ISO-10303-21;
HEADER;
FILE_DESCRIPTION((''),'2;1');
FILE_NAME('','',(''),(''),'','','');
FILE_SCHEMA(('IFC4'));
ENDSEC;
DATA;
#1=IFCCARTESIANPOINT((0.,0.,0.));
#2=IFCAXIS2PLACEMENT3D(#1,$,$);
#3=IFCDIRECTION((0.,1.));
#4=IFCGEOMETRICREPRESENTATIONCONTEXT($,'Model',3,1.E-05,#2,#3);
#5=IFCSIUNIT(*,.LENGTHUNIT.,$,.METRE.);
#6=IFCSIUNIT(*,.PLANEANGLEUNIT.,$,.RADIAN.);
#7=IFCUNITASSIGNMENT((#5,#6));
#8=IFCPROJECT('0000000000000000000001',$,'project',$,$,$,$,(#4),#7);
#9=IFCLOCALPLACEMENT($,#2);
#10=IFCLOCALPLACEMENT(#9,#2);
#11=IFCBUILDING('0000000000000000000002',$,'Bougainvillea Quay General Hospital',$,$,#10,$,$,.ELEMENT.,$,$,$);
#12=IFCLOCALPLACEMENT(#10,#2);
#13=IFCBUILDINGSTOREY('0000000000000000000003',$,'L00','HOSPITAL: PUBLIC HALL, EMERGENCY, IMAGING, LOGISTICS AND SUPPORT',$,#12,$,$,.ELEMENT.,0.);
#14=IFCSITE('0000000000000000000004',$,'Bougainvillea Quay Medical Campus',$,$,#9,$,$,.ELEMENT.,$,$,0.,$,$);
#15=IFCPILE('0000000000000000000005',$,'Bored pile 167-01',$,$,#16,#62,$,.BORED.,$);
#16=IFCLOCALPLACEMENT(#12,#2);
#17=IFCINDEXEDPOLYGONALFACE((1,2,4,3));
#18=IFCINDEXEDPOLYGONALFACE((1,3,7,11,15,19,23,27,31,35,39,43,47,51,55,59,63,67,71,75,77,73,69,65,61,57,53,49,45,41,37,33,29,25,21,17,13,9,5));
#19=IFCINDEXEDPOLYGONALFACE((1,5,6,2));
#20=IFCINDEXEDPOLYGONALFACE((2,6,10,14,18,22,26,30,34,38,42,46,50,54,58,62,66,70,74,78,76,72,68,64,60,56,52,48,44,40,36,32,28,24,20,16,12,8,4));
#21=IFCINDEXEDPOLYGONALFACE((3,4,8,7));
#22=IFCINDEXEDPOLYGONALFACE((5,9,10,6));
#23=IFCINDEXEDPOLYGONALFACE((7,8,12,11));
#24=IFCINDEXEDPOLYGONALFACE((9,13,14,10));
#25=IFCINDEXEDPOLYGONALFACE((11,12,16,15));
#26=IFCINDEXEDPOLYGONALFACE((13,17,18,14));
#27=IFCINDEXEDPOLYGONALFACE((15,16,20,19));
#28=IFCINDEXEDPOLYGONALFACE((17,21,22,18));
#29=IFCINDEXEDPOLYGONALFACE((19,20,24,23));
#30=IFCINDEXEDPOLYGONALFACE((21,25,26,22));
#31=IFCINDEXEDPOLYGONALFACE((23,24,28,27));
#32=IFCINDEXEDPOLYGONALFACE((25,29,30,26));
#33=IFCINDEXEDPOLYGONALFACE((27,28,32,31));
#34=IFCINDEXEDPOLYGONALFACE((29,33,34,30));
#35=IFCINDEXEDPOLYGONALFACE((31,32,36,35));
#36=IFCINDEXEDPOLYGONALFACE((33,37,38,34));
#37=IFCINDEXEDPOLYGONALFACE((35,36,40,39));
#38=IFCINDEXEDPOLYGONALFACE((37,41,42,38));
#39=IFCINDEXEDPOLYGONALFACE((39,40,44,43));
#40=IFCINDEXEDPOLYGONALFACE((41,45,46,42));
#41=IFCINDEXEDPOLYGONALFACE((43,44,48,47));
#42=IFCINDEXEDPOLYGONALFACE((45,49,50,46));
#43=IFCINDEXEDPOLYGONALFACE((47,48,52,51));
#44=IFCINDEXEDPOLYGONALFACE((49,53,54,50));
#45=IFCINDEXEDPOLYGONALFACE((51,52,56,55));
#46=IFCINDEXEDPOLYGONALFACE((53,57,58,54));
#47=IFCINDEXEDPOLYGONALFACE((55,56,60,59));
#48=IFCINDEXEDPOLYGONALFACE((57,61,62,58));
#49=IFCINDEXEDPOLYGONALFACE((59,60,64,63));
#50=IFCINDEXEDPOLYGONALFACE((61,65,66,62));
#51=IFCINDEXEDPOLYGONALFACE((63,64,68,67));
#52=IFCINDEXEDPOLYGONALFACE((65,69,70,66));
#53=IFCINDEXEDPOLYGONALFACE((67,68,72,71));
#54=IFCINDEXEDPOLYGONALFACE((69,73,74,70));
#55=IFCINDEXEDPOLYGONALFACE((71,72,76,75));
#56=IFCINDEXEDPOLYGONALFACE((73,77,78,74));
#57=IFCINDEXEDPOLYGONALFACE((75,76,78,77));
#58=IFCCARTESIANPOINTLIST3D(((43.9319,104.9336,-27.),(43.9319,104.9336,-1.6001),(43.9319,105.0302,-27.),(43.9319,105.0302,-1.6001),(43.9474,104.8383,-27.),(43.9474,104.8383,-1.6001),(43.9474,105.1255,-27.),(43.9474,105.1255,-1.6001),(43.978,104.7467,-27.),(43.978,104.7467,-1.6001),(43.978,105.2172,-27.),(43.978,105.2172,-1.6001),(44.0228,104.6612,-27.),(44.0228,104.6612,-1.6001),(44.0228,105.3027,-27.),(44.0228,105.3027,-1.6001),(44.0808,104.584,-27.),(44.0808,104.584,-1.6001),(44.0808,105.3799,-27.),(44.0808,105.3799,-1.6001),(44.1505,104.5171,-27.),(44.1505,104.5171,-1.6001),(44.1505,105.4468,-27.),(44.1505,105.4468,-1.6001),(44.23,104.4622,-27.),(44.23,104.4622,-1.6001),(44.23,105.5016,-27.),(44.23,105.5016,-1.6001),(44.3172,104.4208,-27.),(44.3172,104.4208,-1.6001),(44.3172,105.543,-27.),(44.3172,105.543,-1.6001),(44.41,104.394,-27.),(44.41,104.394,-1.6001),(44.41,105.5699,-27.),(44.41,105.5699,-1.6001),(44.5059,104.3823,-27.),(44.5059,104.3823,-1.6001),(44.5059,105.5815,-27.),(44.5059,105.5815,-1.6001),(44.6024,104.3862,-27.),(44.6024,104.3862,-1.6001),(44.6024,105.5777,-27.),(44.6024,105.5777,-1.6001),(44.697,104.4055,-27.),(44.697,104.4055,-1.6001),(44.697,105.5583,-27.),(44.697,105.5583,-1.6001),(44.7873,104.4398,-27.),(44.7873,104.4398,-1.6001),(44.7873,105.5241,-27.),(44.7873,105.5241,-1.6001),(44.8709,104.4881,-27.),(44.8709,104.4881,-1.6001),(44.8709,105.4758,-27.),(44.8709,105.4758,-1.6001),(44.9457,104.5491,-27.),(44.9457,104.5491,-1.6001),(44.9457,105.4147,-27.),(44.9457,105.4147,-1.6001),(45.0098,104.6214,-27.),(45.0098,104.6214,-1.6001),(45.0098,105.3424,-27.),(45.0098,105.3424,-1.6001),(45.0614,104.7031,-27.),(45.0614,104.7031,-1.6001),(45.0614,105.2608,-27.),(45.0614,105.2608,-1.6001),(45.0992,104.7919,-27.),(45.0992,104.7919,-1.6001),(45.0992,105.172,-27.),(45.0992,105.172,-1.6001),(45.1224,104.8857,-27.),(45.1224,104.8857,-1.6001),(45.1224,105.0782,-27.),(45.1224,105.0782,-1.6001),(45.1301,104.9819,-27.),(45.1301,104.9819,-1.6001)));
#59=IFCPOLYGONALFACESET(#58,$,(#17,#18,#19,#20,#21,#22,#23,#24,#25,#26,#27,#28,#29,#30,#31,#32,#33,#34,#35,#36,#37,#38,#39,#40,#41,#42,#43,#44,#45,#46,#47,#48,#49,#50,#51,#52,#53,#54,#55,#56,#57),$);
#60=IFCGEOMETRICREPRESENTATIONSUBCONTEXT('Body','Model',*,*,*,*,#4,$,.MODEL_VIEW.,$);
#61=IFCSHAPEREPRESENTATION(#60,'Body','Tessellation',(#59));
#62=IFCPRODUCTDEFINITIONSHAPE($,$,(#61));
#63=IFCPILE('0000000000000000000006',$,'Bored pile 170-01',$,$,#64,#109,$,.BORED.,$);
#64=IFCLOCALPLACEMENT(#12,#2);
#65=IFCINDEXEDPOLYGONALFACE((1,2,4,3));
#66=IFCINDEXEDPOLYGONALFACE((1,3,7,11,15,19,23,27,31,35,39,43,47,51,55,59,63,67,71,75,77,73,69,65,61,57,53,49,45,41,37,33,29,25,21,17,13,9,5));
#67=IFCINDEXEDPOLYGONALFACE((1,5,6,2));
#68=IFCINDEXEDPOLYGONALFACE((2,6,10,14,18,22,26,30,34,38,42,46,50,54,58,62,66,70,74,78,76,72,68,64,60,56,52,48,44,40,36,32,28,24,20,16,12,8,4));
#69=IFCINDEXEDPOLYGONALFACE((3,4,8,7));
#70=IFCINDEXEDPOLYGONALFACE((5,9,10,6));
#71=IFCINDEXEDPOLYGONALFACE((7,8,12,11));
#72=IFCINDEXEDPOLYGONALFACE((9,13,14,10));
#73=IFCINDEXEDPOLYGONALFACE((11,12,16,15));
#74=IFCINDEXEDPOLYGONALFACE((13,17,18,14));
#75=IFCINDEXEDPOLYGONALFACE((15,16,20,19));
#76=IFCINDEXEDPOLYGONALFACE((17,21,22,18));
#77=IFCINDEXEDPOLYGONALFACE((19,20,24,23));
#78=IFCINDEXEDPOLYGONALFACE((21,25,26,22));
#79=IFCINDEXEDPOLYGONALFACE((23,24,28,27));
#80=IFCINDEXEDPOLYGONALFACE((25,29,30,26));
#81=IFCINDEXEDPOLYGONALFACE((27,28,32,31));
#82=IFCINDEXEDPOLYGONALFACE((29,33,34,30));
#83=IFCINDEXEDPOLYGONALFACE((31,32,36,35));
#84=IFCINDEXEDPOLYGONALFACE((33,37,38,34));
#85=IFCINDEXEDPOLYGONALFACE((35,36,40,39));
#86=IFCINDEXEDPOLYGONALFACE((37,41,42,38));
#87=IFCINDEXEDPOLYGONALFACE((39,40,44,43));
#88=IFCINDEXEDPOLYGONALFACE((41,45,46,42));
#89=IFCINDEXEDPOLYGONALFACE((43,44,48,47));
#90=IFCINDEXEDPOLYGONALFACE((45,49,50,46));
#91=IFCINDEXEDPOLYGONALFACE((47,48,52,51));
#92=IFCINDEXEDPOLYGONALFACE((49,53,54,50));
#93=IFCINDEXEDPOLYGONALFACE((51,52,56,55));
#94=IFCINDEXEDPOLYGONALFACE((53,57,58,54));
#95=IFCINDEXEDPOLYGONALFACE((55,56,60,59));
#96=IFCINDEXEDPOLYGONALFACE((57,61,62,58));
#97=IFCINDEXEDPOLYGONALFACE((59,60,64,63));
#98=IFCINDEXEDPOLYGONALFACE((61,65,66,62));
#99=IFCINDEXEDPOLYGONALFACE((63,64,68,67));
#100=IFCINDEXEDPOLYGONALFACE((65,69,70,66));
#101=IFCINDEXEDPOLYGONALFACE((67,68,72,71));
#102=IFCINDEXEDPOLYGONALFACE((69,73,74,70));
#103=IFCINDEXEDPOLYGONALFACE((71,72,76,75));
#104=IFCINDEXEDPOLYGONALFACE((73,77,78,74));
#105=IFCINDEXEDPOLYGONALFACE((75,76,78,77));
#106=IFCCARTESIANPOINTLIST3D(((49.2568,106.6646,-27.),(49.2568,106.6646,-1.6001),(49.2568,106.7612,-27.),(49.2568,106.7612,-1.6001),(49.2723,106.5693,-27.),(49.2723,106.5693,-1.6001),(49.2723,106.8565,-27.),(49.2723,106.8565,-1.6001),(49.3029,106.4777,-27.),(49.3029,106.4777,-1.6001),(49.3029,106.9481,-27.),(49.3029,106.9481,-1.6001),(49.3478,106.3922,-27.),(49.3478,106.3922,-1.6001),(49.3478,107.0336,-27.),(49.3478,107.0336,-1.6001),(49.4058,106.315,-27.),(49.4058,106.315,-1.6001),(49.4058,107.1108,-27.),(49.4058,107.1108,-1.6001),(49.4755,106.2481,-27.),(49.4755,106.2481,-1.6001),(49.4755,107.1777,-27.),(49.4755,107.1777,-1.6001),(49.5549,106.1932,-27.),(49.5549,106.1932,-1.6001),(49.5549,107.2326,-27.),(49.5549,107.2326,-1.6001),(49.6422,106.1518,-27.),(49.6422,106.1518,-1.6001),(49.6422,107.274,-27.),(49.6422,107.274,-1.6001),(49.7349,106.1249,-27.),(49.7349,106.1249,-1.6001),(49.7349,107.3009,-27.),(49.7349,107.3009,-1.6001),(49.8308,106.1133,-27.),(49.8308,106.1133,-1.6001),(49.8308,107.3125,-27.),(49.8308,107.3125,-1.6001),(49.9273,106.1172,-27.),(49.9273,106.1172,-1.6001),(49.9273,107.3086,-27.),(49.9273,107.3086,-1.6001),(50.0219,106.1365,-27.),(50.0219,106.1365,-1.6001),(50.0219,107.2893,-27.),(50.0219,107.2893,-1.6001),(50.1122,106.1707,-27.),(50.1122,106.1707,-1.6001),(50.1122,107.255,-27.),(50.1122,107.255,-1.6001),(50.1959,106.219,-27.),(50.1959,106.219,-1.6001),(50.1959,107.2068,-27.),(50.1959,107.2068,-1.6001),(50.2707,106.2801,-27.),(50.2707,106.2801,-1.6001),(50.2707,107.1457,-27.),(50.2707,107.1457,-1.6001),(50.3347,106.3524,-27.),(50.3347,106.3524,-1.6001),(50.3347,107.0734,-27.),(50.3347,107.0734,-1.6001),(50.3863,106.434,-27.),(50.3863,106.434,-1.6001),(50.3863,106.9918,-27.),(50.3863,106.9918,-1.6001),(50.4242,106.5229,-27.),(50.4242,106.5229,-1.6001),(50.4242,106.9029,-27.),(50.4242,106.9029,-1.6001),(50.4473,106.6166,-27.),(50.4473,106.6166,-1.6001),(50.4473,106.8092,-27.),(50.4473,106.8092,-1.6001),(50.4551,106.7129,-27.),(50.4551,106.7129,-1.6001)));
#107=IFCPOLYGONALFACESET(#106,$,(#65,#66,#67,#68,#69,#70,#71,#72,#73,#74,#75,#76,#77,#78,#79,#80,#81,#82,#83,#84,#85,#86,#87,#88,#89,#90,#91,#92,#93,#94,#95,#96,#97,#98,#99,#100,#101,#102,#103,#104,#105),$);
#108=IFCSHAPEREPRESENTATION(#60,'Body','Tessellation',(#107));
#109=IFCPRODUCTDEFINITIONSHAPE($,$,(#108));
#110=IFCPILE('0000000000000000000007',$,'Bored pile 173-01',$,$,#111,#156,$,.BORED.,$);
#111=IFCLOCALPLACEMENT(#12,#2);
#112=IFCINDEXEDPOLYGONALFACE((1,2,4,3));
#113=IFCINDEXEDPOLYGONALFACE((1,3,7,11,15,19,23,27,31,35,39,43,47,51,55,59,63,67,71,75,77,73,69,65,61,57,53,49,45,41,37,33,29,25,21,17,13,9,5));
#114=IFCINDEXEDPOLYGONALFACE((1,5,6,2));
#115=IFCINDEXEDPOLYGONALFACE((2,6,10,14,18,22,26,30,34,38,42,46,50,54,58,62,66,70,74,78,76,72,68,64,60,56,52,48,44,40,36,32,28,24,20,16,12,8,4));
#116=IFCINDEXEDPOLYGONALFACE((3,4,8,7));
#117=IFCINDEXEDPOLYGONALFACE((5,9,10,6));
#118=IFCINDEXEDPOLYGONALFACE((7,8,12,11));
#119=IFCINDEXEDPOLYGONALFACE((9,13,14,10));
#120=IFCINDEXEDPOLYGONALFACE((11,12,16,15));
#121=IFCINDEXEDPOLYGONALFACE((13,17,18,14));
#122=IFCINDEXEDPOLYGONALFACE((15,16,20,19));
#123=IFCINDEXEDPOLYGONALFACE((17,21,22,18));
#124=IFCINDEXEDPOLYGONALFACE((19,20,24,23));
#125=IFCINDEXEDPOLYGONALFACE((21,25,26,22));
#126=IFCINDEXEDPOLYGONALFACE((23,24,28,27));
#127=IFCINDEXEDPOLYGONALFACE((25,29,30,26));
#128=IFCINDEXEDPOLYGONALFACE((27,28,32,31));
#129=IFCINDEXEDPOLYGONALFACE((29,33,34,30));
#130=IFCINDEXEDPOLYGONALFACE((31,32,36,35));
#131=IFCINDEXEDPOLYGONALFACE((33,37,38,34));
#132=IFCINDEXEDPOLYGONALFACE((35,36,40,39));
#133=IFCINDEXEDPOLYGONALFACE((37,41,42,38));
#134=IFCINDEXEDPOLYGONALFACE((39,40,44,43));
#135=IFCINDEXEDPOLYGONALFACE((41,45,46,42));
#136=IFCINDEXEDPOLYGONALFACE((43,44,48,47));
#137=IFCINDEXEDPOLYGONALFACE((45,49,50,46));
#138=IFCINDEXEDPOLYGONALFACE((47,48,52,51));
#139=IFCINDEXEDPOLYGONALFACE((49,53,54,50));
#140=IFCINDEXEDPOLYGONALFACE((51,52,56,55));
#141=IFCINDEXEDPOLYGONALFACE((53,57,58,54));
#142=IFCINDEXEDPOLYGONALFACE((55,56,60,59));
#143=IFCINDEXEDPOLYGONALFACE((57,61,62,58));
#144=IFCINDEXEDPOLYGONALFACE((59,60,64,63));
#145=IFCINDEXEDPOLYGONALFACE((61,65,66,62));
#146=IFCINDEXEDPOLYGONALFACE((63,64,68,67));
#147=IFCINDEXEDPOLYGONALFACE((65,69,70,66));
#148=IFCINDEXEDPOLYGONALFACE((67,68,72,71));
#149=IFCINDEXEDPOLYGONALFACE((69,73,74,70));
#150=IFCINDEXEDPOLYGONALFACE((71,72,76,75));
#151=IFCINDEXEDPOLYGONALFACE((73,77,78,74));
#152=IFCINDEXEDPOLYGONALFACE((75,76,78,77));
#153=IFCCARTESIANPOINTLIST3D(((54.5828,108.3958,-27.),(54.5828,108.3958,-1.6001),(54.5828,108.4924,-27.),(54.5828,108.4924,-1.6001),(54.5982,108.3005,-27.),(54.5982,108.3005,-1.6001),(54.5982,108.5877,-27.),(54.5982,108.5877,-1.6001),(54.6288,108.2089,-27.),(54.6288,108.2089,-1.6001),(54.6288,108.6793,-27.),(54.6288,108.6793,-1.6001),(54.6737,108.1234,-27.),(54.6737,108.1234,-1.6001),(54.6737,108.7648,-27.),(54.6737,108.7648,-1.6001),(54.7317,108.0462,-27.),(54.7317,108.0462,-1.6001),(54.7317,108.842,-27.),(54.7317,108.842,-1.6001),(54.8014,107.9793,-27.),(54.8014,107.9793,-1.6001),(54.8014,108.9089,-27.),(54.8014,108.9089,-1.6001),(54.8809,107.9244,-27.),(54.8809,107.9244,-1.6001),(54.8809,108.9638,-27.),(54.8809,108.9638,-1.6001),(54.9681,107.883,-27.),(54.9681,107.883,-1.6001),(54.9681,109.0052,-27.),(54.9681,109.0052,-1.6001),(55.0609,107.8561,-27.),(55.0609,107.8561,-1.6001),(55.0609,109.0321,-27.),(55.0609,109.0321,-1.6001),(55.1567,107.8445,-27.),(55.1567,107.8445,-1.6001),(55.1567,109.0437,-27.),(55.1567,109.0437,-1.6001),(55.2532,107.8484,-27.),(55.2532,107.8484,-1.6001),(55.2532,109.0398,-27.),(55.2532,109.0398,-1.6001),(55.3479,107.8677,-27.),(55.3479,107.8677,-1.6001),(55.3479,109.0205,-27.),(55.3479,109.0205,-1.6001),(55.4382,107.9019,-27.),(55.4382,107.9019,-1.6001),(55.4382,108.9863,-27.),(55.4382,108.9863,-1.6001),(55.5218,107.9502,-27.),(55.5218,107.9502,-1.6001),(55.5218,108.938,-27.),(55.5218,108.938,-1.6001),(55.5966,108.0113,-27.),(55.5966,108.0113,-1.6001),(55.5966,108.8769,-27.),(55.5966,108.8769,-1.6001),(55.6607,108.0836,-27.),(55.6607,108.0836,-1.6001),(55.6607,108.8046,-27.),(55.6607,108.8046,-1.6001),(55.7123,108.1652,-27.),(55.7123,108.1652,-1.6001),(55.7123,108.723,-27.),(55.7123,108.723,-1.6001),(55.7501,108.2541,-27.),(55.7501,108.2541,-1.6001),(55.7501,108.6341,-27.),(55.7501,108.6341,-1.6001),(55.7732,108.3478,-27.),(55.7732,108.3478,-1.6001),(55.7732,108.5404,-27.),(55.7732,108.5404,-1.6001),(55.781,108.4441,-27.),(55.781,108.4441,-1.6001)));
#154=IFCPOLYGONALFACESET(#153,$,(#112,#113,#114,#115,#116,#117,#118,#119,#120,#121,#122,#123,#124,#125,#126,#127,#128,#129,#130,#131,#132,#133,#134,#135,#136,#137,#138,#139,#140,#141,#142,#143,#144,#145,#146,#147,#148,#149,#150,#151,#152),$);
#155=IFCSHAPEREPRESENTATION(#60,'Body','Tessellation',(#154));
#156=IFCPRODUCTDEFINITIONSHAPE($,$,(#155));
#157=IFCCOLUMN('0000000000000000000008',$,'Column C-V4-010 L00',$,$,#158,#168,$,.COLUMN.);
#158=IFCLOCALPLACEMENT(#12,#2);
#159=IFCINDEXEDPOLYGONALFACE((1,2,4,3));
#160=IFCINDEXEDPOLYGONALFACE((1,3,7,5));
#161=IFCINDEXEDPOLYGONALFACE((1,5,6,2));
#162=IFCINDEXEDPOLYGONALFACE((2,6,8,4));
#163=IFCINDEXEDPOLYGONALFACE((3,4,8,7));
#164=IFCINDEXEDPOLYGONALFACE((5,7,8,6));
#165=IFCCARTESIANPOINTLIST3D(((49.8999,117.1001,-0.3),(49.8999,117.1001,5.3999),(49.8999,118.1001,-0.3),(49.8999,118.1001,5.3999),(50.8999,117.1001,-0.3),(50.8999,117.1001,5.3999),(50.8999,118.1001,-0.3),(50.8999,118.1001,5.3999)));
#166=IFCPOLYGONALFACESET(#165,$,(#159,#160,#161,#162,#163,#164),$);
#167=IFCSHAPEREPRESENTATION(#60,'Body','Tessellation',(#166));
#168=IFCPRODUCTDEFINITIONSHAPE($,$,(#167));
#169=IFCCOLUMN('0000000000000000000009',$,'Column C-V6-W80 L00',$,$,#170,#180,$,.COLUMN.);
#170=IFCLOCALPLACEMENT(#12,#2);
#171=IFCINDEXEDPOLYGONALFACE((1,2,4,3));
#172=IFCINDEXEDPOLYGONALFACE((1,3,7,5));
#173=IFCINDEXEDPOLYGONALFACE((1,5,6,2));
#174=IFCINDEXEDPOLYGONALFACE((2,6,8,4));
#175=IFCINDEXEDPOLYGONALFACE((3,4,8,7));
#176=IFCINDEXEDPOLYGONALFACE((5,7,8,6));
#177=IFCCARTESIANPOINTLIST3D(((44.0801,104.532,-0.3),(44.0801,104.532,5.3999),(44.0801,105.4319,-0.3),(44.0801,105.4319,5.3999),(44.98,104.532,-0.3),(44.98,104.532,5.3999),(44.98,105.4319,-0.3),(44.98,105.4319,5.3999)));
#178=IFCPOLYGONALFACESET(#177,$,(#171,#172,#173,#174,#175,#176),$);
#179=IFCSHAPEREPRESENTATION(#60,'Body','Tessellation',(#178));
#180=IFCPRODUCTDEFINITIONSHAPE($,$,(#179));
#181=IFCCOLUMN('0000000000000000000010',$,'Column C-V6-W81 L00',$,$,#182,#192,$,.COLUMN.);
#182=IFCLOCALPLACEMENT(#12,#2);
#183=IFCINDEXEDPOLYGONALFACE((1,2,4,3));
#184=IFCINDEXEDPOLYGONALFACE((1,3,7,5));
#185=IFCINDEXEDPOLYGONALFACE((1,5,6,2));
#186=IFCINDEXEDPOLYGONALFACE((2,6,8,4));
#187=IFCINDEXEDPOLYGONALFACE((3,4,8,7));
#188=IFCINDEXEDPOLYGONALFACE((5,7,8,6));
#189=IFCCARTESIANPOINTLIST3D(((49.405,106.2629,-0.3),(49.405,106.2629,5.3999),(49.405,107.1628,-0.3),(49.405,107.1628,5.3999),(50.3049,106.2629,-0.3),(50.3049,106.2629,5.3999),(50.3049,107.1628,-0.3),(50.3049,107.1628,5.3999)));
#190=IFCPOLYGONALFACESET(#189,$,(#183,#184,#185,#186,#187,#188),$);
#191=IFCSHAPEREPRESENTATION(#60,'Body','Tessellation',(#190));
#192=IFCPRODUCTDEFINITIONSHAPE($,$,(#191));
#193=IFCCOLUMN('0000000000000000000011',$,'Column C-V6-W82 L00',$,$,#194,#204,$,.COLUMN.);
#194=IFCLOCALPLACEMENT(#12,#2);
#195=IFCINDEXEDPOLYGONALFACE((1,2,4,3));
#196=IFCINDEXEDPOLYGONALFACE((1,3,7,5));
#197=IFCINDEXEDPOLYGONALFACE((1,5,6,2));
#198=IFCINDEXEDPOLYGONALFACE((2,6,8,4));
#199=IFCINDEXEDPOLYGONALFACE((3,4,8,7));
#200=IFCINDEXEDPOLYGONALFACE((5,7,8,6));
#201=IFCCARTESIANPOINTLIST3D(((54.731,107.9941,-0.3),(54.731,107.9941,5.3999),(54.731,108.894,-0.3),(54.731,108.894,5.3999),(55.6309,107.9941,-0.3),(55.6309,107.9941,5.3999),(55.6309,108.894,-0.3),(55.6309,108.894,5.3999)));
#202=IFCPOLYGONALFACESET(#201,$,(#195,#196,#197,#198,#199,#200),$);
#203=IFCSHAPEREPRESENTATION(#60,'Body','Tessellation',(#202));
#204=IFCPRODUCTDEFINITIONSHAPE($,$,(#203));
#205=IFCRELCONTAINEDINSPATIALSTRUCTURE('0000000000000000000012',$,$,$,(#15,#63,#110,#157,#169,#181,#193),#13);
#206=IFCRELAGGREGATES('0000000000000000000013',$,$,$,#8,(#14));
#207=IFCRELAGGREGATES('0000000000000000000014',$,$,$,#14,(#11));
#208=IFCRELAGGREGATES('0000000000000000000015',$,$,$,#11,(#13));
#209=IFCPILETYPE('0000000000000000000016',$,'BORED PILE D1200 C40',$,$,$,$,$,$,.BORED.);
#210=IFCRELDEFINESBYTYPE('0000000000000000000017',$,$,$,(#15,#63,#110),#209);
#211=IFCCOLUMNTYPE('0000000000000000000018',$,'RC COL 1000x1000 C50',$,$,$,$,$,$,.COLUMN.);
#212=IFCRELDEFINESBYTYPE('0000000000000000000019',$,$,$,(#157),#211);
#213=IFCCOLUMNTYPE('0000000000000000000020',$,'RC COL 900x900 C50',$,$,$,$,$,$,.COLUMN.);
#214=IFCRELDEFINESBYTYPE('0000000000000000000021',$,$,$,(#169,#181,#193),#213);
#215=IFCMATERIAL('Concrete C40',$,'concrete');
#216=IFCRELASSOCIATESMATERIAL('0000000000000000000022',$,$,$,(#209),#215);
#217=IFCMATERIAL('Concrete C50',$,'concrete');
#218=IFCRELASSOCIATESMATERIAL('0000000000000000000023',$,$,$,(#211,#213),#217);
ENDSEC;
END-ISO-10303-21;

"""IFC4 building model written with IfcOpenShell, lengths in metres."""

from ifc_helpers import new_model, si_unit, direction, frame, origin, origin_2d, place, context, subcontext, project, spatial, rectangle, circle, extrude, material, material_profile, profile_set, type_object, element, save


model = new_model("IFC4")

# Units and contexts
model_context = context("Model", 3, precision=1e-05, world=origin(), true_north=direction((0.0, 1.0)))
body_context = subcontext(model_context, "Body", "Model", "MODEL_VIEW")
ifc_project = project(units=[si_unit("LENGTHUNIT", "METRE"), si_unit("PLANEANGLEUNIT", "RADIAN")], contexts=[model_context])

# Site, building, storey
site_placement = place(None, origin())
site = spatial("IfcSite", under=ifc_project, at=site_placement, Name="Bougainvillea Quay Medical Campus", CompositionType="ELEMENT", RefElevation=0.0)
building_placement = place(site_placement, origin())
building = spatial("IfcBuilding", under=site, at=building_placement, Name="Bougainvillea Quay General Hospital", CompositionType="ELEMENT")
storey_placement = place(building_placement, origin())
storey = spatial("IfcBuildingStorey", under=building, at=storey_placement, Name="L00", Description="HOSPITAL: PUBLIC HALL, EMERGENCY, IMAGING, LOGISTICS AND SUPPORT", CompositionType="ELEMENT", Elevation=0.0)

# Piles
ifc_material_1 = material(Name="Concrete C40", Category="concrete")
ifc_material_profile_1 = material_profile(ifc_material_1, circle(Radius=0.6001, at=origin_2d()))
ifc_profile_set_1 = profile_set([ifc_material_profile_1], Name="Concrete C40")
pile_type = type_object("IfcPileType", Name="BORED PILE D1200 C40", PredefinedType="BORED", material=ifc_profile_set_1)
for number, where, z_axis, x_axis, name in (
    (1, (44.53, 104.9819, -1.6001), (0.0, 0.0, -1.0), (1.0, 0.0, 0.0), "Bored pile 167-01"),
    (2, (49.855, 106.7129, -1.6001), (0.0, 0.0, -1.0), (1.0, 0.0, 0.0), "Bored pile 170-01"),
    (3, (55.1809, 108.4441, -1.6001), (0.0, 0.0, -1.0), (1.0, 0.0, 0.0), "Bored pile 173-01"),
):
    element("IfcPile", number, at=place(storey_placement, frame(where, z_axis=z_axis, x_axis=x_axis)), inside=storey, type_object=pile_type, Name=name, PredefinedType="BORED", context=body_context, shape_type="SweptSolid", body=[
        extrude(circle(Radius=0.6001, at=origin_2d()), origin(), (0.0, 0.0, 1.0), 25.3999),
    ])

# Columns
ifc_material_2 = material(Name="Concrete C50", Category="concrete")
ifc_material_profile_2 = material_profile(ifc_material_2, rectangle(XDim=1.0, YDim=1.0, at=origin_2d()))
ifc_profile_set_2 = profile_set([ifc_material_profile_2], Name="Concrete C50")
column_type_1 = type_object("IfcColumnType", Name="RC COL 1000x1000 C50", PredefinedType="COLUMN", material=ifc_profile_set_2)
column_placement = place(storey_placement, frame((50.3999, 117.6001, -0.3), z_axis=(0.0, 0.0, 1.0), x_axis=(1.0, 0.0, 0.0)))
element("IfcColumn", 4, at=column_placement, inside=storey, type_object=column_type_1, Name="Column C-V4-010 L00", PredefinedType="COLUMN", context=body_context, shape_type="SweptSolid", body=[
    extrude(rectangle(XDim=1.0, YDim=1.0, at=origin_2d()), origin(), (0.0, 0.0, 1.0), 5.7),
])
ifc_material_profile_3 = material_profile(ifc_material_2, rectangle(XDim=0.8999, YDim=0.8999, at=origin_2d()))
ifc_profile_set_3 = profile_set([ifc_material_profile_3], Name="Concrete C50")
column_type_2 = type_object("IfcColumnType", Name="RC COL 900x900 C50", PredefinedType="COLUMN", material=ifc_profile_set_3)
for number, where, z_axis, x_axis, name in (
    (5, (44.53, 104.9819, -0.3), (0.0, 0.0, 1.0), (1.0, 0.0, 0.0), "Column C-V6-W80 L00"),
    (6, (49.855, 106.7129, -0.3), (0.0, 0.0, 1.0), (1.0, 0.0, 0.0), "Column C-V6-W81 L00"),
    (7, (55.1809, 108.4441, -0.3), (0.0, 0.0, 1.0), (1.0, 0.0, 0.0), "Column C-V6-W82 L00"),
):
    element("IfcColumn", number, at=place(storey_placement, frame(where, z_axis=z_axis, x_axis=x_axis)), inside=storey, type_object=column_type_2, Name=name, PredefinedType="COLUMN", context=body_context, shape_type="SweptSolid", body=[
        extrude(rectangle(XDim=0.8999, YDim=0.8999, at=origin_2d()), origin(), (0.0, 0.0, 1.0), 5.7),
    ])

save(model, "model.ifc")
